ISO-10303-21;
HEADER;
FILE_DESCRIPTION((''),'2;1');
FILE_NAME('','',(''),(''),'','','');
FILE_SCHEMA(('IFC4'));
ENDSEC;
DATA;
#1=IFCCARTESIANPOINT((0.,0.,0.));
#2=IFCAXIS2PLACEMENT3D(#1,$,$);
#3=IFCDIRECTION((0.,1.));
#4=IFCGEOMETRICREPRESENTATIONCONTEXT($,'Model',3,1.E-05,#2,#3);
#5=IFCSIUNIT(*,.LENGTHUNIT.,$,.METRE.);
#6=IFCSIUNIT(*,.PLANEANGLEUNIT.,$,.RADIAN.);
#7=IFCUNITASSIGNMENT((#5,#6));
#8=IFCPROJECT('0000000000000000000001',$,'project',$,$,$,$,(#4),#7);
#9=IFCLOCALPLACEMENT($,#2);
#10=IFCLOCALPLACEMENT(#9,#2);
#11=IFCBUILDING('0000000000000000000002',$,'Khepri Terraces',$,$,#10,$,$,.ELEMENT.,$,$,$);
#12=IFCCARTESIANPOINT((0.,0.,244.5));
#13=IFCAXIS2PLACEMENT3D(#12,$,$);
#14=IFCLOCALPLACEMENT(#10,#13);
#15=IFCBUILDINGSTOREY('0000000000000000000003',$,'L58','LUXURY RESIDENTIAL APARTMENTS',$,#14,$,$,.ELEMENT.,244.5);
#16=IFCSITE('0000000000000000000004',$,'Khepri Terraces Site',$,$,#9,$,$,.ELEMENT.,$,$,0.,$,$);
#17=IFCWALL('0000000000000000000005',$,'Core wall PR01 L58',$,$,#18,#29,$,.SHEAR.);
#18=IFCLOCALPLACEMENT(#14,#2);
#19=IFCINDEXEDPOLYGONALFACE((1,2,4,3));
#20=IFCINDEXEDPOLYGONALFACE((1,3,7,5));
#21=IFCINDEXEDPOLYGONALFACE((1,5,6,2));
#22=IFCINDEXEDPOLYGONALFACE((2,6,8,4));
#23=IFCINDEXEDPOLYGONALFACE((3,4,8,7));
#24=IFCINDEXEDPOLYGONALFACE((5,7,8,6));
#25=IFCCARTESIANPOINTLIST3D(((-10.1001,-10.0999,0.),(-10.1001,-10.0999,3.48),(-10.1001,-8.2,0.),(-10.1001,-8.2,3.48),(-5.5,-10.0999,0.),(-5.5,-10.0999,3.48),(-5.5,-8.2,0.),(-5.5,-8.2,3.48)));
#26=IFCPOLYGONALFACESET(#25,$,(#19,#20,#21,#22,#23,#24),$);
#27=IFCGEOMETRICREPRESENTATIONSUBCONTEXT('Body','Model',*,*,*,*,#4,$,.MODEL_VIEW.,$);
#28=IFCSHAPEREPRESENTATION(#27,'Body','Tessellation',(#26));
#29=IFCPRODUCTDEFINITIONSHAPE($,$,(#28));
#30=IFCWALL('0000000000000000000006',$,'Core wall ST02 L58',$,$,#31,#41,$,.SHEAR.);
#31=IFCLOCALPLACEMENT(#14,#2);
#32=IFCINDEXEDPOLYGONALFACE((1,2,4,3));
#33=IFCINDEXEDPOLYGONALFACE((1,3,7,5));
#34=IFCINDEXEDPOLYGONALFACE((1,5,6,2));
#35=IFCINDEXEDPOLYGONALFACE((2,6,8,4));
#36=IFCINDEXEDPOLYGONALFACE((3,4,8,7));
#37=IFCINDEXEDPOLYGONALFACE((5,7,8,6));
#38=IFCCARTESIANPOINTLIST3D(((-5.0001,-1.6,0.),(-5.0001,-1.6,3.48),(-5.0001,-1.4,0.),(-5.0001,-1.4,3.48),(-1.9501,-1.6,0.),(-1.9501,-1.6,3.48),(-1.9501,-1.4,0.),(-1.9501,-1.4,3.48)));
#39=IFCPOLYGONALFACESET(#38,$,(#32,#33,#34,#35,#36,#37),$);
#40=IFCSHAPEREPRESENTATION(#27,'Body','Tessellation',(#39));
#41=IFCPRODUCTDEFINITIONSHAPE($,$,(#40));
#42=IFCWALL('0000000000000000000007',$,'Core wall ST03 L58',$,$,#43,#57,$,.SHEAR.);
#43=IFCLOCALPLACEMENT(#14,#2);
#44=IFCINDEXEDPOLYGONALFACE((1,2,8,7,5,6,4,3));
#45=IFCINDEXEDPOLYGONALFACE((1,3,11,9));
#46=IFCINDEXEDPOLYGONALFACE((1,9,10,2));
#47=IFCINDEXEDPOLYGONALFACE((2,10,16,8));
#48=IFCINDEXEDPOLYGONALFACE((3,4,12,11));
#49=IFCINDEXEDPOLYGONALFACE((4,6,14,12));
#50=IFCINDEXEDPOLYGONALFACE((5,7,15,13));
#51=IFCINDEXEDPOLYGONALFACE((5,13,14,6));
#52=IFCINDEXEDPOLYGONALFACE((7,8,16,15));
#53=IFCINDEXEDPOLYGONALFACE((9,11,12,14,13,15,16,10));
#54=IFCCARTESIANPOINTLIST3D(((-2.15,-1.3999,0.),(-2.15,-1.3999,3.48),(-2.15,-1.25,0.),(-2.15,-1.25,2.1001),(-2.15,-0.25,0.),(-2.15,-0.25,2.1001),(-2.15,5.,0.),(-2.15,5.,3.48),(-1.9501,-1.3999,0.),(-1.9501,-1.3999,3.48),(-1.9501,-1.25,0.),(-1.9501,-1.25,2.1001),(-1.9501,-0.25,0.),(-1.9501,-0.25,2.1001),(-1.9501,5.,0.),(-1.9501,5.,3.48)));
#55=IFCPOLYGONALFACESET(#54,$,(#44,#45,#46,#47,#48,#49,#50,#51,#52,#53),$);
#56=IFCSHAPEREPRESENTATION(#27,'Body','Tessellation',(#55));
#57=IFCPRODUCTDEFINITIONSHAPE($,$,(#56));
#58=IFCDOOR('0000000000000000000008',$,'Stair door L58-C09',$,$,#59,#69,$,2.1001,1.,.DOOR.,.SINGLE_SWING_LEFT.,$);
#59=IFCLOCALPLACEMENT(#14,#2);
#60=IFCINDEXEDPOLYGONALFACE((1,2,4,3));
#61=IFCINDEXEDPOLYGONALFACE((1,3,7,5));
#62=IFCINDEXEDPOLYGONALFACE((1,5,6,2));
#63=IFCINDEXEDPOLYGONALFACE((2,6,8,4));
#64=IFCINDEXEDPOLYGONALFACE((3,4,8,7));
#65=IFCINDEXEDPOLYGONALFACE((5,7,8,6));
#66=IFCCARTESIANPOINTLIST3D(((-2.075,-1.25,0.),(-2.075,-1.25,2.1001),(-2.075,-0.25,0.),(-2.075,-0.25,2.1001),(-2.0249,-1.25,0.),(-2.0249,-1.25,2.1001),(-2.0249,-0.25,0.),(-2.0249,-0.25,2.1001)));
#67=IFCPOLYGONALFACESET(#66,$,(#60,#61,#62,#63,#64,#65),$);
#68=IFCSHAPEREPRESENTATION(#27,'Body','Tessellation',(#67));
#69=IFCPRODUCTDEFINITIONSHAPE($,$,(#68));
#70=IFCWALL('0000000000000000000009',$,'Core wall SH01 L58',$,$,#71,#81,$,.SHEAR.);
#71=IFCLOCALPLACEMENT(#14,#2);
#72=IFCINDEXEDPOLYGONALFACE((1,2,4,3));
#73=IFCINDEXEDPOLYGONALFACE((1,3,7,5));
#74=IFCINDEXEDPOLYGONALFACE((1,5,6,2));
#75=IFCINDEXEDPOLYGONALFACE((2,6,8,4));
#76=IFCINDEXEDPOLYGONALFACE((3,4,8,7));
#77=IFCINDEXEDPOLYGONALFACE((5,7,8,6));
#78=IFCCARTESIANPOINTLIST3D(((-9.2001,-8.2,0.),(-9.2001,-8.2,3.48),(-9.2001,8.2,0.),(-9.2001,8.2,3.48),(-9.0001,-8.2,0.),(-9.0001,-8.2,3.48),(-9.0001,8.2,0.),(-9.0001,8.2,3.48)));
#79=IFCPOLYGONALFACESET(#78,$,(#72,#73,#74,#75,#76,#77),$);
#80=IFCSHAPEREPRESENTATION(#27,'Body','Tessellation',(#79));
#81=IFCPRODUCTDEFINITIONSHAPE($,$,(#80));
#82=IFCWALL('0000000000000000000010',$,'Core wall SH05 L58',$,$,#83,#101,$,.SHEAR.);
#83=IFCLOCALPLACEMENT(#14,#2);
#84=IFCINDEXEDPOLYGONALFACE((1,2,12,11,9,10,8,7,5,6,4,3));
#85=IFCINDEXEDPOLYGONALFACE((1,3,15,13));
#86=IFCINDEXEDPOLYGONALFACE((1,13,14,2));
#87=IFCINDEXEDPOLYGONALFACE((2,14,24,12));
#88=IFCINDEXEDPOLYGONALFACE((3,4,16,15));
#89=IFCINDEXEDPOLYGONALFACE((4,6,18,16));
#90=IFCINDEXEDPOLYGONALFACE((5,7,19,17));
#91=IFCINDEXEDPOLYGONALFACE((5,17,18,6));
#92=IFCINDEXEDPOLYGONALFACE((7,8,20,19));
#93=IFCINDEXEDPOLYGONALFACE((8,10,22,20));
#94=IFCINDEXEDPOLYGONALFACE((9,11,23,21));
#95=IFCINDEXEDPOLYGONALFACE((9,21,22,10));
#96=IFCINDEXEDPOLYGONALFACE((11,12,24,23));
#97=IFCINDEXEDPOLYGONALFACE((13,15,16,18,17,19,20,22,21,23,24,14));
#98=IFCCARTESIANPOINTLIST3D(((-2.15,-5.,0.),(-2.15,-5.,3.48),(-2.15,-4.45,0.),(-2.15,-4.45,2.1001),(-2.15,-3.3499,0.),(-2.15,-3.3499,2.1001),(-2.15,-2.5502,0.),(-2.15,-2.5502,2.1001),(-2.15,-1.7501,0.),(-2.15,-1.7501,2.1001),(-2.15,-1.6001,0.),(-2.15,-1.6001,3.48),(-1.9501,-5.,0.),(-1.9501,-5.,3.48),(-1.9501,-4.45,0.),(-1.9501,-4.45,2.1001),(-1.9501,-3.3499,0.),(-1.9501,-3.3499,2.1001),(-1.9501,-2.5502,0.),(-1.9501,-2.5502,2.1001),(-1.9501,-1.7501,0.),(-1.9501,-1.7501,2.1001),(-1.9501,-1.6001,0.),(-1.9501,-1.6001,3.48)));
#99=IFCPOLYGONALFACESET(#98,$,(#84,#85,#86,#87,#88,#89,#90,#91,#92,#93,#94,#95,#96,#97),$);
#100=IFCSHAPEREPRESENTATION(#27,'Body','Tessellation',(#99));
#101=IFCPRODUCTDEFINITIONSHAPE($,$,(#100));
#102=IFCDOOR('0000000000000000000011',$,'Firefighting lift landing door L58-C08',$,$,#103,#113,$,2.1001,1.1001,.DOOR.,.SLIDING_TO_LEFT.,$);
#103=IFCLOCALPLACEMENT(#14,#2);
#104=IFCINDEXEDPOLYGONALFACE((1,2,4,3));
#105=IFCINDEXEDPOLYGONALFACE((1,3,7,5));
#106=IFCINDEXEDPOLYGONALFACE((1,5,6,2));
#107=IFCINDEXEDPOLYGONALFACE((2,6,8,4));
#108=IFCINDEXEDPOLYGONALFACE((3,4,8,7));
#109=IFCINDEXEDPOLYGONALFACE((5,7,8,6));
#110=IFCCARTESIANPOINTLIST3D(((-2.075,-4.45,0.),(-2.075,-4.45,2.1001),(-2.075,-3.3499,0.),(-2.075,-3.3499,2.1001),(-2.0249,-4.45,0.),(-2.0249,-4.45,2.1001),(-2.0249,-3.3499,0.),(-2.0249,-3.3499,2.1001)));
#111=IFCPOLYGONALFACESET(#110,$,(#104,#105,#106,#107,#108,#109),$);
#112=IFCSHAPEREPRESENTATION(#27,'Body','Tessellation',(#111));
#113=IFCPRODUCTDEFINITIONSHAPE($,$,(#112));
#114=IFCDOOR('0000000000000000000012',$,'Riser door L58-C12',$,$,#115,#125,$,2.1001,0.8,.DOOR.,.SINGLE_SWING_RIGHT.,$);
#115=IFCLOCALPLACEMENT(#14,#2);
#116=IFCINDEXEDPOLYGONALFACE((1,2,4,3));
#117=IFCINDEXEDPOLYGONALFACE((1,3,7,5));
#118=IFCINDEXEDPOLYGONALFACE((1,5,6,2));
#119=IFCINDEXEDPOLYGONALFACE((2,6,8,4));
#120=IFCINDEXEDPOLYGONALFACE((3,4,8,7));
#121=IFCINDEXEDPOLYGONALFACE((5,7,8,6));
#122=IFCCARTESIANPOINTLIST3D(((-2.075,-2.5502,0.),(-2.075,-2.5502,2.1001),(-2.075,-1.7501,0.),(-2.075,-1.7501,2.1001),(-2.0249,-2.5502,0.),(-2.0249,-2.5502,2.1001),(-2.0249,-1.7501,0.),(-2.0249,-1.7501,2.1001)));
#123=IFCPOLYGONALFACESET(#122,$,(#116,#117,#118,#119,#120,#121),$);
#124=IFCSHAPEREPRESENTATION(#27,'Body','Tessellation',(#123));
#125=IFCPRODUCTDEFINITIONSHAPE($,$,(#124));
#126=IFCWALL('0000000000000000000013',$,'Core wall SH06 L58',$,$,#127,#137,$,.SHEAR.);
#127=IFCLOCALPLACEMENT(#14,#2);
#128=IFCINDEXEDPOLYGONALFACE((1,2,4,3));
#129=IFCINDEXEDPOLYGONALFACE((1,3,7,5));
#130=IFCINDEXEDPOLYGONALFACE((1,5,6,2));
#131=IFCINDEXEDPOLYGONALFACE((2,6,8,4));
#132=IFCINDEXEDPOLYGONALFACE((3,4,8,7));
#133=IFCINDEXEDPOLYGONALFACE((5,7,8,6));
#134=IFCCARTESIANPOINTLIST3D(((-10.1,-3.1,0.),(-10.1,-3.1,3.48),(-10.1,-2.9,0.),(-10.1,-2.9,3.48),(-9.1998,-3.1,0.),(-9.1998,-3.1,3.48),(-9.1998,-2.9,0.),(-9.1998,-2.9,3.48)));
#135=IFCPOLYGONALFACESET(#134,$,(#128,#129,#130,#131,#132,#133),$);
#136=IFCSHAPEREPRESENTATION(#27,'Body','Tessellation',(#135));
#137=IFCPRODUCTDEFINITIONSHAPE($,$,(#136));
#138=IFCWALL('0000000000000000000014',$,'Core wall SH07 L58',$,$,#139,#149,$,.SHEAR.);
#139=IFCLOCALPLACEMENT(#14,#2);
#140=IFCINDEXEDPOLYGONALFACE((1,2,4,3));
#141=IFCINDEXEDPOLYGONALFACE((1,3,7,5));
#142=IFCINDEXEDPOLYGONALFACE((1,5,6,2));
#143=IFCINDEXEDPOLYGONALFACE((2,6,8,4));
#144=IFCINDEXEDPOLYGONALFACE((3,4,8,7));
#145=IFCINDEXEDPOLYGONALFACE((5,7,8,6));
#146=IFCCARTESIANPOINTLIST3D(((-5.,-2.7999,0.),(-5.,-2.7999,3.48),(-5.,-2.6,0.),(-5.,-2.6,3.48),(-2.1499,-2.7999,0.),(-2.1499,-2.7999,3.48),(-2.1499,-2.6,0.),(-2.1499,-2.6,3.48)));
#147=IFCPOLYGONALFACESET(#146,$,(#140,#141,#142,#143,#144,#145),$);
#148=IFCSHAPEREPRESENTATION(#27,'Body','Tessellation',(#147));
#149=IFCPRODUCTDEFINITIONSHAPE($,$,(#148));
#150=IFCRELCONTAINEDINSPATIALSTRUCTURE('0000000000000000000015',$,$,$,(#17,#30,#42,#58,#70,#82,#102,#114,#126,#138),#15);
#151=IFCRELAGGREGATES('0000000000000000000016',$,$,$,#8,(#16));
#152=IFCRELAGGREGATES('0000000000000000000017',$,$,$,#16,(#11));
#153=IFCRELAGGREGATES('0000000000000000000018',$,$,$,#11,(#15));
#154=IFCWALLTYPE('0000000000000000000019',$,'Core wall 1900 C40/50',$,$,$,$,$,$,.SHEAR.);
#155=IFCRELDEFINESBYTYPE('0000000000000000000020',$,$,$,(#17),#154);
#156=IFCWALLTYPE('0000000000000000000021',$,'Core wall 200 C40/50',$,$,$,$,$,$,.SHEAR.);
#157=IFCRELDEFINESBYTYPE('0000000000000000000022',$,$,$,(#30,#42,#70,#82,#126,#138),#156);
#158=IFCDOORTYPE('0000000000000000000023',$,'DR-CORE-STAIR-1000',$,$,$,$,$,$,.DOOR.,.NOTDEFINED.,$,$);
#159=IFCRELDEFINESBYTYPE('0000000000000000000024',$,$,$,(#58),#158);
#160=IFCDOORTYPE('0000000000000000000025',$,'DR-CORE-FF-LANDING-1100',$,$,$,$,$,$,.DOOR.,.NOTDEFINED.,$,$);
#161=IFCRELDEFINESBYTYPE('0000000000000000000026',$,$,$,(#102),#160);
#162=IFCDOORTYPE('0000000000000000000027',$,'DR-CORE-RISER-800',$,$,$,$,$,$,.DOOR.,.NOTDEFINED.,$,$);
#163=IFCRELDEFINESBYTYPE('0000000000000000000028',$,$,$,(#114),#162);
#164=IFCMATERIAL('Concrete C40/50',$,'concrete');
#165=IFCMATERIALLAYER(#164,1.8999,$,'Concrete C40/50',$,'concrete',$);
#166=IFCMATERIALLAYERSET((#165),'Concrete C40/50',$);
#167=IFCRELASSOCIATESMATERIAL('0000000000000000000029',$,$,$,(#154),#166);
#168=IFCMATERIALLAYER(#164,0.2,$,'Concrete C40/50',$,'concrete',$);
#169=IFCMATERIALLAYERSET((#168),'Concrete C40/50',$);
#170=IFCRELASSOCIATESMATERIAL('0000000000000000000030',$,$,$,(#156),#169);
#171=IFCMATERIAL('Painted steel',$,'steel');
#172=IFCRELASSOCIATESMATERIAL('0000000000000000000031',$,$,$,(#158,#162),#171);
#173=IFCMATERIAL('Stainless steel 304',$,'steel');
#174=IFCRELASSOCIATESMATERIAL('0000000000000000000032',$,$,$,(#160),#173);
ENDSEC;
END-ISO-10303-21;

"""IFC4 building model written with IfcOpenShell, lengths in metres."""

from ifc_helpers import new_model, si_unit, direction, frame, frame_2d, origin, place, context, subcontext, project, spatial, rectangle, extrude, material, layer, layer_set, type_object, element, fill, save


model = new_model("IFC4")

# Units and contexts
model_context = context("Model", 3, precision=1e-05, world=origin(), true_north=direction((0.0, 1.0)))
body_context = subcontext(model_context, "Body", "Model", "MODEL_VIEW")
ifc_project = project(units=[si_unit("LENGTHUNIT", "METRE"), si_unit("PLANEANGLEUNIT", "RADIAN")], contexts=[model_context])

# Site, building, storey
site_placement = place(None, origin())
site = spatial("IfcSite", under=ifc_project, at=site_placement, Name="Khepri Terraces Site", CompositionType="ELEMENT", RefElevation=0.0)
building_placement = place(site_placement, origin())
building = spatial("IfcBuilding", under=site, at=building_placement, Name="Khepri Terraces", CompositionType="ELEMENT")
storey_placement = place(building_placement, frame((0.0, 0.0, 244.5)))
storey = spatial("IfcBuildingStorey", under=building, at=storey_placement, Name="L58", Description="LUXURY RESIDENTIAL APARTMENTS", CompositionType="ELEMENT", Elevation=244.5)

# Walls
ifc_material_1 = material(Name="Concrete C40/50", Category="concrete")
ifc_layer_1 = layer(ifc_material_1, 1.8999, Name="Concrete C40/50", Category="concrete")
ifc_layer_set_1 = layer_set([ifc_layer_1], Name="Concrete C40/50")
wall_type_1 = type_object("IfcWallType", Name="Core wall 1900 C40/50", PredefinedType="SHEAR", material=ifc_layer_set_1)
wall_1_placement = place(storey_placement, frame((-10.1001, -9.1499, 0.0), z_axis=(0.0, 0.0, 1.0), x_axis=(1.0, 0.0, 0.0)))
element("IfcWall", 1, at=wall_1_placement, inside=storey, type_object=wall_type_1, Name="Core wall PR01 L58", PredefinedType="SHEAR", context=body_context, shape_type="SweptSolid", body=[
    extrude(rectangle(XDim=4.6001, YDim=1.8999, at=frame_2d((2.3, 0.0))), origin(), (0.0, 0.0, 1.0), 3.48),
])
ifc_layer_2 = layer(ifc_material_1, 0.2, Name="Concrete C40/50", Category="concrete")
ifc_layer_set_2 = layer_set([ifc_layer_2], Name="Concrete C40/50")
wall_type_2 = type_object("IfcWallType", Name="Core wall 200 C40/50", PredefinedType="SHEAR", material=ifc_layer_set_2)
wall_2_placement = place(storey_placement, frame((-5.0, -1.5, 0.0), z_axis=(0.0, 0.0, 1.0), x_axis=(1.0, 0.0, 0.0)))
element("IfcWall", 2, at=wall_2_placement, inside=storey, type_object=wall_type_2, Name="Core wall ST02 L58", PredefinedType="SHEAR", context=body_context, shape_type="SweptSolid", body=[
    extrude(rectangle(XDim=3.05, YDim=0.2, at=frame_2d((1.5249, 0.0))), origin(), (0.0, 0.0, 1.0), 3.48),
])

# Wall, opening, door
wall_3_placement = place(storey_placement, frame((-2.05, -1.3999, 0.0), z_axis=(0.0, 0.0, 1.0), x_axis=(0.0, 1.0, 0.0)))
wall_3 = element("IfcWall", 3, at=wall_3_placement, inside=storey, type_object=wall_type_2, Name="Core wall ST03 L58", PredefinedType="SHEAR", context=body_context, shape_type="SweptSolid", body=[
    extrude(rectangle(XDim=6.3999, YDim=0.2, at=frame_2d((3.2, 0.0))), origin(), (0.0, 0.0, 1.0), 3.48),
])
opening_1_placement = place(wall_3_placement, frame((0.1499, 0.0, 0.0)))
opening_1 = element("IfcOpeningElement", 4, at=opening_1_placement, cuts=wall_3, PredefinedType="OPENING", context=body_context, shape_type="SweptSolid", body=[
    extrude(rectangle(XDim=1.0, YDim=2.1001, at=frame_2d((0.5, 1.05))), frame((0.0, 0.1099, 0.0), z_axis=(0.0, -1.0, 0.0), x_axis=(1.0, 0.0, 0.0)), (0.0, 0.0, 1.0), 0.22),
])
ifc_material_2 = material(Name="Painted steel", Category="steel")
door_type_1 = type_object("IfcDoorType", Name="DR-CORE-STAIR-1000", OperationType="NOTDEFINED", PredefinedType="DOOR", material=ifc_material_2)
door_1_placement = place(opening_1_placement, origin())
door_1 = element("IfcDoor", 5, at=door_1_placement, inside=storey, type_object=door_type_1, Name="Stair door L58-C09", OperationType="SINGLE_SWING_LEFT", OverallHeight=2.1001, OverallWidth=1.0, PredefinedType="DOOR", context=body_context, shape_type="SweptSolid", body=[
    extrude(rectangle(XDim=1.0, YDim=2.1001, at=frame_2d((0.5, 1.05))), frame((0.0, 0.0249, 0.0), z_axis=(0.0, -1.0, 0.0), x_axis=(1.0, 0.0, 0.0)), (0.0, 0.0, 1.0), 0.05),
])
fill(opening_1, door_1)

# Wall
wall_4_placement = place(storey_placement, frame((-9.1001, -8.2, 0.0), z_axis=(0.0, 0.0, 1.0), x_axis=(0.0, 1.0, 0.0)))
element("IfcWall", 6, at=wall_4_placement, inside=storey, type_object=wall_type_2, Name="Core wall SH01 L58", PredefinedType="SHEAR", context=body_context, shape_type="SweptSolid", body=[
    extrude(rectangle(XDim=16.3999, YDim=0.2, at=frame_2d((8.2, 0.0))), origin(), (0.0, 0.0, 1.0), 3.48),
])

# Wall, openings, doors
wall_5_placement = place(storey_placement, frame((-2.05, -5.0, 0.0), z_axis=(0.0, 0.0, 1.0), x_axis=(0.0, 1.0, 0.0)))
wall_5 = element("IfcWall", 7, at=wall_5_placement, inside=storey, type_object=wall_type_2, Name="Core wall SH05 L58", PredefinedType="SHEAR", context=body_context, shape_type="SweptSolid", body=[
    extrude(rectangle(XDim=3.3999, YDim=0.2, at=frame_2d((1.7, 0.0))), origin(), (0.0, 0.0, 1.0), 3.48),
])
opening_2_placement = place(wall_5_placement, frame((0.55, 0.0, 0.0)))
opening_2 = element("IfcOpeningElement", 8, at=opening_2_placement, cuts=wall_5, PredefinedType="OPENING", context=body_context, shape_type="SweptSolid", body=[
    extrude(rectangle(XDim=1.1001, YDim=2.1001, at=frame_2d((0.55, 1.05))), frame((0.0, 0.1099, 0.0), z_axis=(0.0, -1.0, 0.0), x_axis=(1.0, 0.0, 0.0)), (0.0, 0.0, 1.0), 0.22),
])
opening_3_placement = place(wall_5_placement, frame((2.45, 0.0, 0.0)))
opening_3 = element("IfcOpeningElement", 9, at=opening_3_placement, cuts=wall_5, PredefinedType="OPENING", context=body_context, shape_type="SweptSolid", body=[
    extrude(rectangle(XDim=0.8, YDim=2.1001, at=frame_2d((0.3999, 1.05))), frame((0.0, 0.1099, 0.0), z_axis=(0.0, -1.0, 0.0), x_axis=(1.0, 0.0, 0.0)), (0.0, 0.0, 1.0), 0.22),
])
ifc_material_3 = material(Name="Stainless steel 304", Category="steel")
door_type_2 = type_object("IfcDoorType", Name="DR-CORE-FF-LANDING-1100", OperationType="NOTDEFINED", PredefinedType="DOOR", material=ifc_material_3)
door_2_placement = place(opening_2_placement, origin())
door_2 = element("IfcDoor", 10, at=door_2_placement, inside=storey, type_object=door_type_2, Name="Firefighting lift landing door L58-C08", OperationType="SLIDING_TO_LEFT", OverallHeight=2.1001, OverallWidth=1.1001, PredefinedType="DOOR", context=body_context, shape_type="SweptSolid", body=[
    extrude(rectangle(XDim=1.1001, YDim=2.1001, at=frame_2d((0.55, 1.05))), frame((0.0, 0.0249, 0.0), z_axis=(0.0, -1.0, 0.0), x_axis=(1.0, 0.0, 0.0)), (0.0, 0.0, 1.0), 0.05),
])
fill(opening_2, door_2)
door_type_3 = type_object("IfcDoorType", Name="DR-CORE-RISER-800", OperationType="NOTDEFINED", PredefinedType="DOOR", material=ifc_material_2)
door_3_placement = place(opening_3_placement, origin())
door_3 = element("IfcDoor", 11, at=door_3_placement, inside=storey, type_object=door_type_3, Name="Riser door L58-C12", OperationType="SINGLE_SWING_RIGHT", OverallHeight=2.1001, OverallWidth=0.8, PredefinedType="DOOR", context=body_context, shape_type="SweptSolid", body=[
    extrude(rectangle(XDim=0.8, YDim=2.1001, at=frame_2d((0.3999, 1.05))), frame((0.0, 0.0249, 0.0), z_axis=(0.0, -1.0, 0.0), x_axis=(1.0, 0.0, 0.0)), (0.0, 0.0, 1.0), 0.05),
])
fill(opening_3, door_3)

# Walls
wall_6_placement = place(storey_placement, frame((-10.1001, -3.0, 0.0), z_axis=(0.0, 0.0, 1.0), x_axis=(1.0, 0.0, 0.0)))
element("IfcWall", 12, at=wall_6_placement, inside=storey, type_object=wall_type_2, Name="Core wall SH06 L58", PredefinedType="SHEAR", context=body_context, shape_type="SweptSolid", body=[
    extrude(rectangle(XDim=0.9001, YDim=0.2, at=frame_2d((0.4502, 0.0))), origin(), (0.0, 0.0, 1.0), 3.48),
])
wall_7_placement = place(storey_placement, frame((-5.0, -2.7, 0.0), z_axis=(0.0, 0.0, 1.0), x_axis=(1.0, 0.0, 0.0)))
element("IfcWall", 13, at=wall_7_placement, inside=storey, type_object=wall_type_2, Name="Core wall SH07 L58", PredefinedType="SHEAR", context=body_context, shape_type="SweptSolid", body=[
    extrude(rectangle(XDim=2.8501, YDim=0.2, at=frame_2d((1.425, 0.0))), origin(), (0.0, 0.0, 1.0), 3.48),
])

save(model, "model.ifc")
